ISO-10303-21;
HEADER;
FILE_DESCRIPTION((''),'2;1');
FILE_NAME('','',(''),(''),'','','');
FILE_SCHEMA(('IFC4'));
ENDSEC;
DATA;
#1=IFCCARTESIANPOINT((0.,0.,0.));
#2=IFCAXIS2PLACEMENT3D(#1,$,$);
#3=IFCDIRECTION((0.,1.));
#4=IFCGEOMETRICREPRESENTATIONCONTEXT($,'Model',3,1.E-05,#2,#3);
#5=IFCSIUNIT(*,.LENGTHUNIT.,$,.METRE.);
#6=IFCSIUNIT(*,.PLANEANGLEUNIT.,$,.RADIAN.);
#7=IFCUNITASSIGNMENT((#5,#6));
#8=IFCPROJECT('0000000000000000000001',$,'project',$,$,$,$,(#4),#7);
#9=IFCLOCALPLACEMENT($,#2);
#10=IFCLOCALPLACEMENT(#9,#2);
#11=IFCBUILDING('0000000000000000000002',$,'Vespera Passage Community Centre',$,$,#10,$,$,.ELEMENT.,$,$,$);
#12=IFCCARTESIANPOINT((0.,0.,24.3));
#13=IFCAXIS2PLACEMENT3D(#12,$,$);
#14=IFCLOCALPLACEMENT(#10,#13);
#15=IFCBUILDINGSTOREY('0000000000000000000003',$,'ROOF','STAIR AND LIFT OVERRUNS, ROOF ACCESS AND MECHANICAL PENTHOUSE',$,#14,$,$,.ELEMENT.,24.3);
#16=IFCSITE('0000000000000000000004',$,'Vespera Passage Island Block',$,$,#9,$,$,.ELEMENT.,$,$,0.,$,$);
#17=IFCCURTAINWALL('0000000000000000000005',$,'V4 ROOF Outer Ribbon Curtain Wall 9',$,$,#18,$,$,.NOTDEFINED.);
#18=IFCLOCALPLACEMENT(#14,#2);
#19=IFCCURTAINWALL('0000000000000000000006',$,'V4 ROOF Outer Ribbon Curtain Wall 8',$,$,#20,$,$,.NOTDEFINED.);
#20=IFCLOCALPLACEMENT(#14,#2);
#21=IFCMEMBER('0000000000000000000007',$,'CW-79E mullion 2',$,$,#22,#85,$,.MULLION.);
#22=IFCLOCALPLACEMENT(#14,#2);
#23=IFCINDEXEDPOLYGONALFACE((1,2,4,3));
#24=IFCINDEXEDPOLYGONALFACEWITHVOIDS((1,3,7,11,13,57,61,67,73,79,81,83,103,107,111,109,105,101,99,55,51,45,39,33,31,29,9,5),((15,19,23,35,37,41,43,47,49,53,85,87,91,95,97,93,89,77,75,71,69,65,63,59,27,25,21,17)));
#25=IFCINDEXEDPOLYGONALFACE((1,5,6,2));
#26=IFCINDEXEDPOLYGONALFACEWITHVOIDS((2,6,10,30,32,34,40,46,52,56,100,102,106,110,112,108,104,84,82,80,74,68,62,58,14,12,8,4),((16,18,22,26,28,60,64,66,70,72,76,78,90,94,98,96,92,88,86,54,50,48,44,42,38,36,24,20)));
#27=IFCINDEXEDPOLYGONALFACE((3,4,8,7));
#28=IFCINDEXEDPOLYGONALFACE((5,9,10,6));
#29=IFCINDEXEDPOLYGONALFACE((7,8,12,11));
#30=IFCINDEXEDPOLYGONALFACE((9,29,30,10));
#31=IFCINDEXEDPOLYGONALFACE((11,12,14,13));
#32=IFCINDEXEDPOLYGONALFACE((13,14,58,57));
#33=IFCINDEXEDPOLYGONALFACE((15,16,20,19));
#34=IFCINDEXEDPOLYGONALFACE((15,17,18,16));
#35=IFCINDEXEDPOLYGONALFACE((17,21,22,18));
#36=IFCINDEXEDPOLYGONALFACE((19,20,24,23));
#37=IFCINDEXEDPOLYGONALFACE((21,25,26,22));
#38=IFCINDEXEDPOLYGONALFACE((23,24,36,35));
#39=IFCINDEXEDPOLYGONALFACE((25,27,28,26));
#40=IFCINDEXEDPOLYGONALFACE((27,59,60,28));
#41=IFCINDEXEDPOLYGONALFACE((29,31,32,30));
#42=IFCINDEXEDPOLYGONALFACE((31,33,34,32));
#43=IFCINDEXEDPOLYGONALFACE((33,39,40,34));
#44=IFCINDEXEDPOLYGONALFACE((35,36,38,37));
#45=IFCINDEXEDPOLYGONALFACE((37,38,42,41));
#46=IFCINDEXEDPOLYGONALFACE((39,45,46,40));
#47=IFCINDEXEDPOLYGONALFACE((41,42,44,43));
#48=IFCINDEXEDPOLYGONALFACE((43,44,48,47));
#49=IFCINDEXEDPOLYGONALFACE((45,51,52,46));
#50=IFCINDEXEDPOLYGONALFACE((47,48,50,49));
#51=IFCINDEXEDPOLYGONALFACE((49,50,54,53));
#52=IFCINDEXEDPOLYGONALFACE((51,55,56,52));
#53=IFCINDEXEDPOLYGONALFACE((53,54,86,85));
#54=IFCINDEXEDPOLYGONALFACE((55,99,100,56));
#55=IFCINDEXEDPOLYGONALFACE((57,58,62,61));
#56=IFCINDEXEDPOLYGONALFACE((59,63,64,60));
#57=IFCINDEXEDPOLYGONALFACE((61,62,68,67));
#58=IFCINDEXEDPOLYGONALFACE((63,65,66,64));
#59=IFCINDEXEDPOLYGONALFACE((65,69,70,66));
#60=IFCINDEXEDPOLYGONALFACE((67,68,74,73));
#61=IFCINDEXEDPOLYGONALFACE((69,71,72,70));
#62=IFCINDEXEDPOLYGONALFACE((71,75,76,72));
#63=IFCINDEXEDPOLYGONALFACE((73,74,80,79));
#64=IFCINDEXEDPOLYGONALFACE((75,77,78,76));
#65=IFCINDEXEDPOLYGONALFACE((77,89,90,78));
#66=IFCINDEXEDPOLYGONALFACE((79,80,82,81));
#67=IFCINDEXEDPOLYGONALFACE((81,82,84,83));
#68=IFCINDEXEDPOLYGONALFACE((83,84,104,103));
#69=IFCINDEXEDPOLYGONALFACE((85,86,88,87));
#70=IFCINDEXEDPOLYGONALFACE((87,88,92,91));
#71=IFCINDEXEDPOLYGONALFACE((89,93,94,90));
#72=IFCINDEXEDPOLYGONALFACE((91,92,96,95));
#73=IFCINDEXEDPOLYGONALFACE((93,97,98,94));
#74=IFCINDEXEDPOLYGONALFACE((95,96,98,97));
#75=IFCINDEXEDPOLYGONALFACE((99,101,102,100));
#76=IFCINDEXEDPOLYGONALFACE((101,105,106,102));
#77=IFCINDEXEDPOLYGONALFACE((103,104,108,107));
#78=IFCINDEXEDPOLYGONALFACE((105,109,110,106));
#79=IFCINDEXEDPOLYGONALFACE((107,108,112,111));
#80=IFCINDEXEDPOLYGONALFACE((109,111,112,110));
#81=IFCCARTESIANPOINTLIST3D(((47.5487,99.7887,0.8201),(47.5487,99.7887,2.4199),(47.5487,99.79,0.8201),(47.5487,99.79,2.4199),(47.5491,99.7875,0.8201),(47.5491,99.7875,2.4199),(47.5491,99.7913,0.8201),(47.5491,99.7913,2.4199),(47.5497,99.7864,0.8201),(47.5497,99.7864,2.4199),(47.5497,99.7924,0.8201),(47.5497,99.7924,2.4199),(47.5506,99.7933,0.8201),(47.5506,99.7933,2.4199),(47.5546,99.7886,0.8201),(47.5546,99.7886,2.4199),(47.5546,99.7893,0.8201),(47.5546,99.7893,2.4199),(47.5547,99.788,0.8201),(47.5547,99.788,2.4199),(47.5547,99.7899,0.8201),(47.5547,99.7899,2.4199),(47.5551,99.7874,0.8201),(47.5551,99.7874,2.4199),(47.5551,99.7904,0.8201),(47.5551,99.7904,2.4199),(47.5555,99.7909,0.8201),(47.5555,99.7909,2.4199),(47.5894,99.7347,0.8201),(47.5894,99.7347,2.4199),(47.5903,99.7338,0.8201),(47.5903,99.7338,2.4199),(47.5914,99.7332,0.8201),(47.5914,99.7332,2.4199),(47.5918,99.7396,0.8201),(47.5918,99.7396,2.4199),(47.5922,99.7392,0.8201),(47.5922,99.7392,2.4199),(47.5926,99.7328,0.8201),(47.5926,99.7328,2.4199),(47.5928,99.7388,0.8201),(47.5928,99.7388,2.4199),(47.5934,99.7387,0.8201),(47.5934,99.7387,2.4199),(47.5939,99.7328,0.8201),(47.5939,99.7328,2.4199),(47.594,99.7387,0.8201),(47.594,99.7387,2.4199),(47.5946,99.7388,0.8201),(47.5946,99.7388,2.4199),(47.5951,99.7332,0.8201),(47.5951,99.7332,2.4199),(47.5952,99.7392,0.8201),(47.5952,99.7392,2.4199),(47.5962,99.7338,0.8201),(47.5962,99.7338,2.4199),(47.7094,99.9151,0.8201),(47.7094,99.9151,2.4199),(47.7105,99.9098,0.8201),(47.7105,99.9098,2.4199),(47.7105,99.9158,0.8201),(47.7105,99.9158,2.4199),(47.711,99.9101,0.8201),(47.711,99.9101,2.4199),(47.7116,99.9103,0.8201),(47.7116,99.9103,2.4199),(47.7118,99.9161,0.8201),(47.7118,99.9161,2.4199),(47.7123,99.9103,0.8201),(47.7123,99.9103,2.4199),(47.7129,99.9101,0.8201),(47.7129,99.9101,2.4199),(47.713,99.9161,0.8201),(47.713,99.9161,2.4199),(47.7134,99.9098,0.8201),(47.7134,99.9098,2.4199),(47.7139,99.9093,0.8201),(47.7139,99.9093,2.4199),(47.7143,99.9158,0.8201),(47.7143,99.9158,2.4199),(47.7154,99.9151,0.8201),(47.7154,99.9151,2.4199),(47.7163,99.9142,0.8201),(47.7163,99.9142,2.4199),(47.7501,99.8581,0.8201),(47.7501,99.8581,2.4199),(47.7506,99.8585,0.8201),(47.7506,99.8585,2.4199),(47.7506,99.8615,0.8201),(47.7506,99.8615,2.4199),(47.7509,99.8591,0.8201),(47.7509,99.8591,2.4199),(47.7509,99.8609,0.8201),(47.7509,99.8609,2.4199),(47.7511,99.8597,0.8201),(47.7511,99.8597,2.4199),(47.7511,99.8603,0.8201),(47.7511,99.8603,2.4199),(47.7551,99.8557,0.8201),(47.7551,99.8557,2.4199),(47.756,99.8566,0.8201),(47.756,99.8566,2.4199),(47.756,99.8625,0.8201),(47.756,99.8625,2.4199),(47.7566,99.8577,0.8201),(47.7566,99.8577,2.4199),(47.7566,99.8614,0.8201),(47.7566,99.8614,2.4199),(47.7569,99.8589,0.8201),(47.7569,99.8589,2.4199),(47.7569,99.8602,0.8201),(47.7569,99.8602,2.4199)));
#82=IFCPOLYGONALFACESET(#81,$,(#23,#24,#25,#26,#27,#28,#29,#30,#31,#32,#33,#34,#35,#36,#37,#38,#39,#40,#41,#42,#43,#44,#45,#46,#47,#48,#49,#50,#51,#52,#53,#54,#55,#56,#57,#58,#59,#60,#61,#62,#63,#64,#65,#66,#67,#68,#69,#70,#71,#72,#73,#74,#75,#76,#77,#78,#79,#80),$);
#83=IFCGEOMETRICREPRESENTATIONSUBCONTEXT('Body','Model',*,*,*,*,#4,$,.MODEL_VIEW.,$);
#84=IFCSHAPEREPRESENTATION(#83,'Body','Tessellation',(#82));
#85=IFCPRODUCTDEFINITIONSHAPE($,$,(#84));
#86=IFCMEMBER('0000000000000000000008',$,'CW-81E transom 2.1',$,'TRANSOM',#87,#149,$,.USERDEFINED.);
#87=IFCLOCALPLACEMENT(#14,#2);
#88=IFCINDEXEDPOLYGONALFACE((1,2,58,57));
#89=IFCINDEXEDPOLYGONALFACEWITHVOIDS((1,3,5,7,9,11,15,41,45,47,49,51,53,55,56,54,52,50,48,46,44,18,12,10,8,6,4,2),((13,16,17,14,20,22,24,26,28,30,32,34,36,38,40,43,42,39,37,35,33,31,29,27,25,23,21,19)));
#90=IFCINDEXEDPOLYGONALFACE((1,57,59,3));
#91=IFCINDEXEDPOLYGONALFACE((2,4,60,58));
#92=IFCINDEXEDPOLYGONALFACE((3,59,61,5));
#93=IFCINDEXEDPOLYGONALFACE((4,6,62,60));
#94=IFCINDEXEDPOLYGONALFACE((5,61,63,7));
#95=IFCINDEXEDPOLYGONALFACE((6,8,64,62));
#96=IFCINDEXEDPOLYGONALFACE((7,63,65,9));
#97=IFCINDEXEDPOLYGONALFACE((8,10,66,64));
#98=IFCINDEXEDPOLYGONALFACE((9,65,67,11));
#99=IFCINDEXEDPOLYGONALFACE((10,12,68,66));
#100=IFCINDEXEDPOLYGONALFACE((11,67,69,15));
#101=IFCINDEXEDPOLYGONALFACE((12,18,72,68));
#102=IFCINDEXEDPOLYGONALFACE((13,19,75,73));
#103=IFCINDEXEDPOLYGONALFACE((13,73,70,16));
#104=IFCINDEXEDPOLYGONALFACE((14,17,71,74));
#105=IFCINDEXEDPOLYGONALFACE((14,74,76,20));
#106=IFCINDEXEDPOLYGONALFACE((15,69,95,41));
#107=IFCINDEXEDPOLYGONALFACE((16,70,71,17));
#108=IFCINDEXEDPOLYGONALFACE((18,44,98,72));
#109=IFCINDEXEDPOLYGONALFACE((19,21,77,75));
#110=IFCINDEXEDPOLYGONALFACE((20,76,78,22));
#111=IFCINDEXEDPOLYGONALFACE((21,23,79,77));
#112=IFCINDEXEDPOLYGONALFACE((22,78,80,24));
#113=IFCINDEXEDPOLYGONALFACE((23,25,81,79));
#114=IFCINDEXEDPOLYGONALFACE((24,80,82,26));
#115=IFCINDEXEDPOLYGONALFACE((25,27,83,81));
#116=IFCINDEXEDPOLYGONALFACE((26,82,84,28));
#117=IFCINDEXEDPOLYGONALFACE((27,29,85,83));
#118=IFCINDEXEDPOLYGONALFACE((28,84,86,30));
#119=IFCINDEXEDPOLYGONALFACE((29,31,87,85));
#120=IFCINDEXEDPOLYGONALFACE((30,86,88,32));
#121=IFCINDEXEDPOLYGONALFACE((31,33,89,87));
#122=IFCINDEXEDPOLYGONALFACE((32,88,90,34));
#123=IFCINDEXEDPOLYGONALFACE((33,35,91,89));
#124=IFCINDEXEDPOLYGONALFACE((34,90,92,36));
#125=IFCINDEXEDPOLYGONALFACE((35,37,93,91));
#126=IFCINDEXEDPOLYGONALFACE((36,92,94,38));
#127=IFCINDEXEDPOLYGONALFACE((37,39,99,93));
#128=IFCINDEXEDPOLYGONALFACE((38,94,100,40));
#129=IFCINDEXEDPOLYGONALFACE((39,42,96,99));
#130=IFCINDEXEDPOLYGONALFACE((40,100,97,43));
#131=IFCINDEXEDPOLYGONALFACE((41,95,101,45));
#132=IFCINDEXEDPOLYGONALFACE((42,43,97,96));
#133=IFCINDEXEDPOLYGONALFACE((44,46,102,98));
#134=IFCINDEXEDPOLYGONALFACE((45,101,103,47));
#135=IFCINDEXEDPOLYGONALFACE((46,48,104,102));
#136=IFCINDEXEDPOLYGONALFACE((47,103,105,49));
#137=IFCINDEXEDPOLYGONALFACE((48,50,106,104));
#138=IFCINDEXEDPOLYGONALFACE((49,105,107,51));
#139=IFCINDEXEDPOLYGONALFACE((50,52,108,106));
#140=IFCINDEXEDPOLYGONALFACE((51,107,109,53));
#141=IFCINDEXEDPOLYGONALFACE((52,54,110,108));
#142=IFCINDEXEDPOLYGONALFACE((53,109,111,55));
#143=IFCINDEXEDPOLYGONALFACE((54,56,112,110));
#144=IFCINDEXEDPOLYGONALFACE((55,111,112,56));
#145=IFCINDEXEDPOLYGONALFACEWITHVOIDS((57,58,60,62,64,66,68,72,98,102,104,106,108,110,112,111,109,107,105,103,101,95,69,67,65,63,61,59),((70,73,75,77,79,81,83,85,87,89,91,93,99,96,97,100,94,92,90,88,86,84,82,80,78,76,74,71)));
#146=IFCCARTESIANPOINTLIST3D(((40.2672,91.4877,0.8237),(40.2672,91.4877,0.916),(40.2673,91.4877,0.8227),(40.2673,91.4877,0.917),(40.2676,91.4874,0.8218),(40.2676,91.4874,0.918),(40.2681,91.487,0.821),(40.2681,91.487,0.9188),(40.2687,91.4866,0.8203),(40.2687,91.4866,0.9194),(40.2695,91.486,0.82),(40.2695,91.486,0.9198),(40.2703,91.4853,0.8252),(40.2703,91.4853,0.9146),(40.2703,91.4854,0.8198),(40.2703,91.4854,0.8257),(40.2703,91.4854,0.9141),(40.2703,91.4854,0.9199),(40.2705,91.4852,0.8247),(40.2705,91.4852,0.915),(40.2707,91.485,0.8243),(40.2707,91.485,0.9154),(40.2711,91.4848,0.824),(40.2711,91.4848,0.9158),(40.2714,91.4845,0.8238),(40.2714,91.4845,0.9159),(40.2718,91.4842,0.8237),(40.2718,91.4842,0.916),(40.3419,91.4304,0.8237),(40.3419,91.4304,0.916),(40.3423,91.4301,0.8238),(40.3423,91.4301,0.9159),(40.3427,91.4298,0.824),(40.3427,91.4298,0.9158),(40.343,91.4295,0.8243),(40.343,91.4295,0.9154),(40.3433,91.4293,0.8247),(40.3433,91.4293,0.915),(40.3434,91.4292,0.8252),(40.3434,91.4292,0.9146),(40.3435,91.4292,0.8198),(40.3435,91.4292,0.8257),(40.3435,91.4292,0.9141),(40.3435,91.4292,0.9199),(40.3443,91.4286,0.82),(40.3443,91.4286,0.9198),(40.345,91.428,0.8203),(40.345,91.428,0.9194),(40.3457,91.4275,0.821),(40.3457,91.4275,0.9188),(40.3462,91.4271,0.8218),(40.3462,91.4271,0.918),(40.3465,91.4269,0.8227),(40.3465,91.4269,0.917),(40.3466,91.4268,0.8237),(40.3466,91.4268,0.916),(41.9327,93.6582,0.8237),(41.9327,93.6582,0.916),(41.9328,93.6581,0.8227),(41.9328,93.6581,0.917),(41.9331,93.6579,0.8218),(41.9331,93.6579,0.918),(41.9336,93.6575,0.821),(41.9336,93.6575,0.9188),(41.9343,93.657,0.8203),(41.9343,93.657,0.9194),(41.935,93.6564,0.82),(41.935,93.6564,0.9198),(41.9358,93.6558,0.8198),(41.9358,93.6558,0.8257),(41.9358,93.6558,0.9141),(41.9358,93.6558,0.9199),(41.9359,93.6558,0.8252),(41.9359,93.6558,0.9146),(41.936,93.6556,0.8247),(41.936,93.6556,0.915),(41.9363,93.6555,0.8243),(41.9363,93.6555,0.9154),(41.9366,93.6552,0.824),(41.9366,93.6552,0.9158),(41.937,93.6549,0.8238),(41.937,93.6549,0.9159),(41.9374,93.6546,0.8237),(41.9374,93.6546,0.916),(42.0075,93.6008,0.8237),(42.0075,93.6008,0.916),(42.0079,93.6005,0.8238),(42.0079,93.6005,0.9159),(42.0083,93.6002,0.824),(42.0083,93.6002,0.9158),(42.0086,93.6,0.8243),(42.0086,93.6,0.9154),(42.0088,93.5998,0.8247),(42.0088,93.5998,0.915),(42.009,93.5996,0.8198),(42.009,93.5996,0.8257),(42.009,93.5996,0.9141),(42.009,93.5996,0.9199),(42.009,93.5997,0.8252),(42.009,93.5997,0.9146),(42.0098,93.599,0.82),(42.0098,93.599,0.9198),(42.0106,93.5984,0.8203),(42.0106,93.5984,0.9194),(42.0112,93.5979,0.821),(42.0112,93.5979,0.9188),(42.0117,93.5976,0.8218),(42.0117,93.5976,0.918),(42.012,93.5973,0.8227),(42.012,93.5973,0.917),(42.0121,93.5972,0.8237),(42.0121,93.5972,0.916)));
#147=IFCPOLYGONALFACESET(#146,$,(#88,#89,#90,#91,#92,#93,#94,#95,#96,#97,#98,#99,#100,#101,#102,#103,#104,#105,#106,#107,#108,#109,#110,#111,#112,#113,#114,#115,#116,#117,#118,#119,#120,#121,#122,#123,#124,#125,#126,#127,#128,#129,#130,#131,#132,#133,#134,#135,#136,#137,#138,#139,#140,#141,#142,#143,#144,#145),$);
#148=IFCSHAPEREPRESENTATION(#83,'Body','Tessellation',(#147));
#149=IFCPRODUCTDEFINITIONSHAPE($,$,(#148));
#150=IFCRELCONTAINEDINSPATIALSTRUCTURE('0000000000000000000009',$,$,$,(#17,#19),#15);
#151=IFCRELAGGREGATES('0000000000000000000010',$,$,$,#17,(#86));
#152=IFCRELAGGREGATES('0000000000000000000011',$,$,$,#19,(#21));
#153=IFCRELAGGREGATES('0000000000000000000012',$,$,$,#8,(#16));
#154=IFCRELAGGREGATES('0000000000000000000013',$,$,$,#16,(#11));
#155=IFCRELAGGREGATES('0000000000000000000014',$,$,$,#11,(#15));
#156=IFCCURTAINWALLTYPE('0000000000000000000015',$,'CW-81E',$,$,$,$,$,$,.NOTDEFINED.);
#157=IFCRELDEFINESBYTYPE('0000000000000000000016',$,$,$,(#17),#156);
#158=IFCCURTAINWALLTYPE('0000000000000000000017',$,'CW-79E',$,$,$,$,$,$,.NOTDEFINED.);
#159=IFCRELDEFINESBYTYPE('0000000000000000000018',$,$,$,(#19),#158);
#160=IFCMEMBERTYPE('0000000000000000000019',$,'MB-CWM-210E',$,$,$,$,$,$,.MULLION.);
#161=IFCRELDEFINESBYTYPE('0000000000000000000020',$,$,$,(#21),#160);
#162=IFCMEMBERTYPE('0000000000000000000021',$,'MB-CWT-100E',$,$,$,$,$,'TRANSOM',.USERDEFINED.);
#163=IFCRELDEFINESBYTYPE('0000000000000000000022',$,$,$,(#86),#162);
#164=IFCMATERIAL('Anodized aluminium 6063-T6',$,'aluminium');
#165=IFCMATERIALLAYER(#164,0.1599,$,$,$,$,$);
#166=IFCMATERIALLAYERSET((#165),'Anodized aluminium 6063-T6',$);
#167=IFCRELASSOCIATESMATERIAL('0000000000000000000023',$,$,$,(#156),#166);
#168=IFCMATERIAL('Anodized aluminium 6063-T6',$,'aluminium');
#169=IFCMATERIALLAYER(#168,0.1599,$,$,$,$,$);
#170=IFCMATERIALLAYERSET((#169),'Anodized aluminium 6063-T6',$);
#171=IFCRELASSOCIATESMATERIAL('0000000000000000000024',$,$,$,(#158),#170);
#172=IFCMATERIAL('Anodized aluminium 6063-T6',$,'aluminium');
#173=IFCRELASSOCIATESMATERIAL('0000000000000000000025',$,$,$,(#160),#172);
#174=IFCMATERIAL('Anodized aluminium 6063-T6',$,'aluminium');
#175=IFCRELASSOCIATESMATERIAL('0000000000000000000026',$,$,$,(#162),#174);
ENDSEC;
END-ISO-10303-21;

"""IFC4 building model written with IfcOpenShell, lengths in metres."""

from ifc_helpers import new_model, si_unit, direction, frame, origin, origin_2d, place, context, subcontext, project, spatial, hollow_rectangle, extrude, material, layer, layer_set, material_profile, profile_set, type_object, element, aggregate, save


model = new_model("IFC4")

# Units and contexts
model_context = context("Model", 3, precision=1e-05, world=origin(), true_north=direction((0.0, 1.0)))
body_context = subcontext(model_context, "Body", "Model", "MODEL_VIEW")
ifc_project = project(units=[si_unit("LENGTHUNIT", "METRE"), si_unit("PLANEANGLEUNIT", "RADIAN")], contexts=[model_context])

# Site, building, storey
site_placement = place(None, origin())
site = spatial("IfcSite", under=ifc_project, at=site_placement, Name="Vespera Passage Island Block", CompositionType="ELEMENT", RefElevation=0.0)
building_placement = place(site_placement, origin())
building = spatial("IfcBuilding", under=site, at=building_placement, Name="Vespera Passage Community Centre", CompositionType="ELEMENT")
storey_placement = place(building_placement, frame((0.0, 0.0, 24.3)))
storey = spatial("IfcBuildingStorey", under=building, at=storey_placement, Name="ROOF", Description="STAIR AND LIFT OVERRUNS, ROOF ACCESS AND MECHANICAL PENTHOUSE", CompositionType="ELEMENT", Elevation=24.3)

# Curtain walls, member
ifc_material_1 = material(Name="Anodized aluminium 6063-T6", Category="aluminium")
ifc_layer_1 = layer(ifc_material_1, 0.1599)
ifc_layer_set_1 = layer_set([ifc_layer_1], Name="Anodized aluminium 6063-T6")
curtain_wall_type_1 = type_object("IfcCurtainWallType", Name="CW-81E", PredefinedType="NOTDEFINED", material=ifc_layer_set_1)
curtain_wall_1_placement = place(storey_placement, origin())
curtain_wall_1 = element("IfcCurtainWall", 1, at=curtain_wall_1_placement, inside=storey, type_object=curtain_wall_type_1, Name="V4 ROOF Outer Ribbon Curtain Wall 9", PredefinedType="NOTDEFINED")
ifc_material_2 = material(Name="Anodized aluminium 6063-T6", Category="aluminium")
ifc_layer_2 = layer(ifc_material_2, 0.1599)
ifc_layer_set_2 = layer_set([ifc_layer_2], Name="Anodized aluminium 6063-T6")
curtain_wall_type_2 = type_object("IfcCurtainWallType", Name="CW-79E", PredefinedType="NOTDEFINED", material=ifc_layer_set_2)
curtain_wall_2_placement = place(storey_placement, origin())
curtain_wall_2 = element("IfcCurtainWall", 2, at=curtain_wall_2_placement, inside=storey, type_object=curtain_wall_type_2, Name="V4 ROOF Outer Ribbon Curtain Wall 8", PredefinedType="NOTDEFINED")
ifc_material_3 = material(Name="Anodized aluminium 6063-T6", Category="aluminium")
ifc_material_profile_1 = material_profile(ifc_material_3, hollow_rectangle(XDim=0.075, YDim=0.21, WallThickness=0.0049, InnerFilletRadius=0.0024, OuterFilletRadius=0.0049, at=origin_2d()), Name="ALU210X75X5")
ifc_profile_set_1 = profile_set([ifc_material_profile_1], Name="Anodized aluminium 6063-T6")
member_type_1 = type_object("IfcMemberType", Name="MB-CWM-210E", PredefinedType="MULLION", material=ifc_profile_set_1)
member_1_placement = place(storey_placement, frame((47.6528, 99.8245, 0.8201), z_axis=(0.0, 0.0, 1.0), x_axis=(-0.608768, 0.793348, 0.0)))
member_1 = element("IfcMember", 3, at=member_1_placement, type_object=member_type_1, Name="CW-79E mullion 2", PredefinedType="MULLION", context=body_context, shape_type="SweptSolid", body=[
    extrude(hollow_rectangle(XDim=0.075, YDim=0.21, WallThickness=0.0049, InnerFilletRadius=0.0024, OuterFilletRadius=0.0049, at=origin_2d()), origin(), (0.0, 0.0, 1.0), 1.5999),
])

# Member
ifc_material_4 = material(Name="Anodized aluminium 6063-T6", Category="aluminium")
ifc_material_profile_2 = material_profile(ifc_material_4, hollow_rectangle(XDim=0.1001, YDim=0.1001, WallThickness=0.0039, InnerFilletRadius=0.002, OuterFilletRadius=0.0039, at=origin_2d()), Name="ALU100X100X4")
ifc_profile_set_2 = profile_set([ifc_material_profile_2], Name="Anodized aluminium 6063-T6")
member_type_2 = type_object("IfcMemberType", Name="MB-CWT-100E", ElementType="TRANSOM", PredefinedType="USERDEFINED", material=ifc_profile_set_2)
member_2_placement = place(storey_placement, frame((40.3069, 91.4573, 0.8699), z_axis=(0.608787, 0.793333, 0.0), x_axis=(-0.793333, 0.608787, 0.0)))
member_2 = element("IfcMember", 4, at=member_2_placement, type_object=member_type_2, Name="CW-81E transom 2.1", ObjectType="TRANSOM", PredefinedType="USERDEFINED", context=body_context, shape_type="SweptSolid", body=[
    extrude(hollow_rectangle(XDim=0.1001, YDim=0.1001, WallThickness=0.0039, InnerFilletRadius=0.002, OuterFilletRadius=0.0039, at=origin_2d()), origin(), (0.0, 0.0, 1.0), 2.7358),
])

aggregate(curtain_wall_1, [member_2])
aggregate(curtain_wall_2, [member_1])

save(model, "model.ifc")
